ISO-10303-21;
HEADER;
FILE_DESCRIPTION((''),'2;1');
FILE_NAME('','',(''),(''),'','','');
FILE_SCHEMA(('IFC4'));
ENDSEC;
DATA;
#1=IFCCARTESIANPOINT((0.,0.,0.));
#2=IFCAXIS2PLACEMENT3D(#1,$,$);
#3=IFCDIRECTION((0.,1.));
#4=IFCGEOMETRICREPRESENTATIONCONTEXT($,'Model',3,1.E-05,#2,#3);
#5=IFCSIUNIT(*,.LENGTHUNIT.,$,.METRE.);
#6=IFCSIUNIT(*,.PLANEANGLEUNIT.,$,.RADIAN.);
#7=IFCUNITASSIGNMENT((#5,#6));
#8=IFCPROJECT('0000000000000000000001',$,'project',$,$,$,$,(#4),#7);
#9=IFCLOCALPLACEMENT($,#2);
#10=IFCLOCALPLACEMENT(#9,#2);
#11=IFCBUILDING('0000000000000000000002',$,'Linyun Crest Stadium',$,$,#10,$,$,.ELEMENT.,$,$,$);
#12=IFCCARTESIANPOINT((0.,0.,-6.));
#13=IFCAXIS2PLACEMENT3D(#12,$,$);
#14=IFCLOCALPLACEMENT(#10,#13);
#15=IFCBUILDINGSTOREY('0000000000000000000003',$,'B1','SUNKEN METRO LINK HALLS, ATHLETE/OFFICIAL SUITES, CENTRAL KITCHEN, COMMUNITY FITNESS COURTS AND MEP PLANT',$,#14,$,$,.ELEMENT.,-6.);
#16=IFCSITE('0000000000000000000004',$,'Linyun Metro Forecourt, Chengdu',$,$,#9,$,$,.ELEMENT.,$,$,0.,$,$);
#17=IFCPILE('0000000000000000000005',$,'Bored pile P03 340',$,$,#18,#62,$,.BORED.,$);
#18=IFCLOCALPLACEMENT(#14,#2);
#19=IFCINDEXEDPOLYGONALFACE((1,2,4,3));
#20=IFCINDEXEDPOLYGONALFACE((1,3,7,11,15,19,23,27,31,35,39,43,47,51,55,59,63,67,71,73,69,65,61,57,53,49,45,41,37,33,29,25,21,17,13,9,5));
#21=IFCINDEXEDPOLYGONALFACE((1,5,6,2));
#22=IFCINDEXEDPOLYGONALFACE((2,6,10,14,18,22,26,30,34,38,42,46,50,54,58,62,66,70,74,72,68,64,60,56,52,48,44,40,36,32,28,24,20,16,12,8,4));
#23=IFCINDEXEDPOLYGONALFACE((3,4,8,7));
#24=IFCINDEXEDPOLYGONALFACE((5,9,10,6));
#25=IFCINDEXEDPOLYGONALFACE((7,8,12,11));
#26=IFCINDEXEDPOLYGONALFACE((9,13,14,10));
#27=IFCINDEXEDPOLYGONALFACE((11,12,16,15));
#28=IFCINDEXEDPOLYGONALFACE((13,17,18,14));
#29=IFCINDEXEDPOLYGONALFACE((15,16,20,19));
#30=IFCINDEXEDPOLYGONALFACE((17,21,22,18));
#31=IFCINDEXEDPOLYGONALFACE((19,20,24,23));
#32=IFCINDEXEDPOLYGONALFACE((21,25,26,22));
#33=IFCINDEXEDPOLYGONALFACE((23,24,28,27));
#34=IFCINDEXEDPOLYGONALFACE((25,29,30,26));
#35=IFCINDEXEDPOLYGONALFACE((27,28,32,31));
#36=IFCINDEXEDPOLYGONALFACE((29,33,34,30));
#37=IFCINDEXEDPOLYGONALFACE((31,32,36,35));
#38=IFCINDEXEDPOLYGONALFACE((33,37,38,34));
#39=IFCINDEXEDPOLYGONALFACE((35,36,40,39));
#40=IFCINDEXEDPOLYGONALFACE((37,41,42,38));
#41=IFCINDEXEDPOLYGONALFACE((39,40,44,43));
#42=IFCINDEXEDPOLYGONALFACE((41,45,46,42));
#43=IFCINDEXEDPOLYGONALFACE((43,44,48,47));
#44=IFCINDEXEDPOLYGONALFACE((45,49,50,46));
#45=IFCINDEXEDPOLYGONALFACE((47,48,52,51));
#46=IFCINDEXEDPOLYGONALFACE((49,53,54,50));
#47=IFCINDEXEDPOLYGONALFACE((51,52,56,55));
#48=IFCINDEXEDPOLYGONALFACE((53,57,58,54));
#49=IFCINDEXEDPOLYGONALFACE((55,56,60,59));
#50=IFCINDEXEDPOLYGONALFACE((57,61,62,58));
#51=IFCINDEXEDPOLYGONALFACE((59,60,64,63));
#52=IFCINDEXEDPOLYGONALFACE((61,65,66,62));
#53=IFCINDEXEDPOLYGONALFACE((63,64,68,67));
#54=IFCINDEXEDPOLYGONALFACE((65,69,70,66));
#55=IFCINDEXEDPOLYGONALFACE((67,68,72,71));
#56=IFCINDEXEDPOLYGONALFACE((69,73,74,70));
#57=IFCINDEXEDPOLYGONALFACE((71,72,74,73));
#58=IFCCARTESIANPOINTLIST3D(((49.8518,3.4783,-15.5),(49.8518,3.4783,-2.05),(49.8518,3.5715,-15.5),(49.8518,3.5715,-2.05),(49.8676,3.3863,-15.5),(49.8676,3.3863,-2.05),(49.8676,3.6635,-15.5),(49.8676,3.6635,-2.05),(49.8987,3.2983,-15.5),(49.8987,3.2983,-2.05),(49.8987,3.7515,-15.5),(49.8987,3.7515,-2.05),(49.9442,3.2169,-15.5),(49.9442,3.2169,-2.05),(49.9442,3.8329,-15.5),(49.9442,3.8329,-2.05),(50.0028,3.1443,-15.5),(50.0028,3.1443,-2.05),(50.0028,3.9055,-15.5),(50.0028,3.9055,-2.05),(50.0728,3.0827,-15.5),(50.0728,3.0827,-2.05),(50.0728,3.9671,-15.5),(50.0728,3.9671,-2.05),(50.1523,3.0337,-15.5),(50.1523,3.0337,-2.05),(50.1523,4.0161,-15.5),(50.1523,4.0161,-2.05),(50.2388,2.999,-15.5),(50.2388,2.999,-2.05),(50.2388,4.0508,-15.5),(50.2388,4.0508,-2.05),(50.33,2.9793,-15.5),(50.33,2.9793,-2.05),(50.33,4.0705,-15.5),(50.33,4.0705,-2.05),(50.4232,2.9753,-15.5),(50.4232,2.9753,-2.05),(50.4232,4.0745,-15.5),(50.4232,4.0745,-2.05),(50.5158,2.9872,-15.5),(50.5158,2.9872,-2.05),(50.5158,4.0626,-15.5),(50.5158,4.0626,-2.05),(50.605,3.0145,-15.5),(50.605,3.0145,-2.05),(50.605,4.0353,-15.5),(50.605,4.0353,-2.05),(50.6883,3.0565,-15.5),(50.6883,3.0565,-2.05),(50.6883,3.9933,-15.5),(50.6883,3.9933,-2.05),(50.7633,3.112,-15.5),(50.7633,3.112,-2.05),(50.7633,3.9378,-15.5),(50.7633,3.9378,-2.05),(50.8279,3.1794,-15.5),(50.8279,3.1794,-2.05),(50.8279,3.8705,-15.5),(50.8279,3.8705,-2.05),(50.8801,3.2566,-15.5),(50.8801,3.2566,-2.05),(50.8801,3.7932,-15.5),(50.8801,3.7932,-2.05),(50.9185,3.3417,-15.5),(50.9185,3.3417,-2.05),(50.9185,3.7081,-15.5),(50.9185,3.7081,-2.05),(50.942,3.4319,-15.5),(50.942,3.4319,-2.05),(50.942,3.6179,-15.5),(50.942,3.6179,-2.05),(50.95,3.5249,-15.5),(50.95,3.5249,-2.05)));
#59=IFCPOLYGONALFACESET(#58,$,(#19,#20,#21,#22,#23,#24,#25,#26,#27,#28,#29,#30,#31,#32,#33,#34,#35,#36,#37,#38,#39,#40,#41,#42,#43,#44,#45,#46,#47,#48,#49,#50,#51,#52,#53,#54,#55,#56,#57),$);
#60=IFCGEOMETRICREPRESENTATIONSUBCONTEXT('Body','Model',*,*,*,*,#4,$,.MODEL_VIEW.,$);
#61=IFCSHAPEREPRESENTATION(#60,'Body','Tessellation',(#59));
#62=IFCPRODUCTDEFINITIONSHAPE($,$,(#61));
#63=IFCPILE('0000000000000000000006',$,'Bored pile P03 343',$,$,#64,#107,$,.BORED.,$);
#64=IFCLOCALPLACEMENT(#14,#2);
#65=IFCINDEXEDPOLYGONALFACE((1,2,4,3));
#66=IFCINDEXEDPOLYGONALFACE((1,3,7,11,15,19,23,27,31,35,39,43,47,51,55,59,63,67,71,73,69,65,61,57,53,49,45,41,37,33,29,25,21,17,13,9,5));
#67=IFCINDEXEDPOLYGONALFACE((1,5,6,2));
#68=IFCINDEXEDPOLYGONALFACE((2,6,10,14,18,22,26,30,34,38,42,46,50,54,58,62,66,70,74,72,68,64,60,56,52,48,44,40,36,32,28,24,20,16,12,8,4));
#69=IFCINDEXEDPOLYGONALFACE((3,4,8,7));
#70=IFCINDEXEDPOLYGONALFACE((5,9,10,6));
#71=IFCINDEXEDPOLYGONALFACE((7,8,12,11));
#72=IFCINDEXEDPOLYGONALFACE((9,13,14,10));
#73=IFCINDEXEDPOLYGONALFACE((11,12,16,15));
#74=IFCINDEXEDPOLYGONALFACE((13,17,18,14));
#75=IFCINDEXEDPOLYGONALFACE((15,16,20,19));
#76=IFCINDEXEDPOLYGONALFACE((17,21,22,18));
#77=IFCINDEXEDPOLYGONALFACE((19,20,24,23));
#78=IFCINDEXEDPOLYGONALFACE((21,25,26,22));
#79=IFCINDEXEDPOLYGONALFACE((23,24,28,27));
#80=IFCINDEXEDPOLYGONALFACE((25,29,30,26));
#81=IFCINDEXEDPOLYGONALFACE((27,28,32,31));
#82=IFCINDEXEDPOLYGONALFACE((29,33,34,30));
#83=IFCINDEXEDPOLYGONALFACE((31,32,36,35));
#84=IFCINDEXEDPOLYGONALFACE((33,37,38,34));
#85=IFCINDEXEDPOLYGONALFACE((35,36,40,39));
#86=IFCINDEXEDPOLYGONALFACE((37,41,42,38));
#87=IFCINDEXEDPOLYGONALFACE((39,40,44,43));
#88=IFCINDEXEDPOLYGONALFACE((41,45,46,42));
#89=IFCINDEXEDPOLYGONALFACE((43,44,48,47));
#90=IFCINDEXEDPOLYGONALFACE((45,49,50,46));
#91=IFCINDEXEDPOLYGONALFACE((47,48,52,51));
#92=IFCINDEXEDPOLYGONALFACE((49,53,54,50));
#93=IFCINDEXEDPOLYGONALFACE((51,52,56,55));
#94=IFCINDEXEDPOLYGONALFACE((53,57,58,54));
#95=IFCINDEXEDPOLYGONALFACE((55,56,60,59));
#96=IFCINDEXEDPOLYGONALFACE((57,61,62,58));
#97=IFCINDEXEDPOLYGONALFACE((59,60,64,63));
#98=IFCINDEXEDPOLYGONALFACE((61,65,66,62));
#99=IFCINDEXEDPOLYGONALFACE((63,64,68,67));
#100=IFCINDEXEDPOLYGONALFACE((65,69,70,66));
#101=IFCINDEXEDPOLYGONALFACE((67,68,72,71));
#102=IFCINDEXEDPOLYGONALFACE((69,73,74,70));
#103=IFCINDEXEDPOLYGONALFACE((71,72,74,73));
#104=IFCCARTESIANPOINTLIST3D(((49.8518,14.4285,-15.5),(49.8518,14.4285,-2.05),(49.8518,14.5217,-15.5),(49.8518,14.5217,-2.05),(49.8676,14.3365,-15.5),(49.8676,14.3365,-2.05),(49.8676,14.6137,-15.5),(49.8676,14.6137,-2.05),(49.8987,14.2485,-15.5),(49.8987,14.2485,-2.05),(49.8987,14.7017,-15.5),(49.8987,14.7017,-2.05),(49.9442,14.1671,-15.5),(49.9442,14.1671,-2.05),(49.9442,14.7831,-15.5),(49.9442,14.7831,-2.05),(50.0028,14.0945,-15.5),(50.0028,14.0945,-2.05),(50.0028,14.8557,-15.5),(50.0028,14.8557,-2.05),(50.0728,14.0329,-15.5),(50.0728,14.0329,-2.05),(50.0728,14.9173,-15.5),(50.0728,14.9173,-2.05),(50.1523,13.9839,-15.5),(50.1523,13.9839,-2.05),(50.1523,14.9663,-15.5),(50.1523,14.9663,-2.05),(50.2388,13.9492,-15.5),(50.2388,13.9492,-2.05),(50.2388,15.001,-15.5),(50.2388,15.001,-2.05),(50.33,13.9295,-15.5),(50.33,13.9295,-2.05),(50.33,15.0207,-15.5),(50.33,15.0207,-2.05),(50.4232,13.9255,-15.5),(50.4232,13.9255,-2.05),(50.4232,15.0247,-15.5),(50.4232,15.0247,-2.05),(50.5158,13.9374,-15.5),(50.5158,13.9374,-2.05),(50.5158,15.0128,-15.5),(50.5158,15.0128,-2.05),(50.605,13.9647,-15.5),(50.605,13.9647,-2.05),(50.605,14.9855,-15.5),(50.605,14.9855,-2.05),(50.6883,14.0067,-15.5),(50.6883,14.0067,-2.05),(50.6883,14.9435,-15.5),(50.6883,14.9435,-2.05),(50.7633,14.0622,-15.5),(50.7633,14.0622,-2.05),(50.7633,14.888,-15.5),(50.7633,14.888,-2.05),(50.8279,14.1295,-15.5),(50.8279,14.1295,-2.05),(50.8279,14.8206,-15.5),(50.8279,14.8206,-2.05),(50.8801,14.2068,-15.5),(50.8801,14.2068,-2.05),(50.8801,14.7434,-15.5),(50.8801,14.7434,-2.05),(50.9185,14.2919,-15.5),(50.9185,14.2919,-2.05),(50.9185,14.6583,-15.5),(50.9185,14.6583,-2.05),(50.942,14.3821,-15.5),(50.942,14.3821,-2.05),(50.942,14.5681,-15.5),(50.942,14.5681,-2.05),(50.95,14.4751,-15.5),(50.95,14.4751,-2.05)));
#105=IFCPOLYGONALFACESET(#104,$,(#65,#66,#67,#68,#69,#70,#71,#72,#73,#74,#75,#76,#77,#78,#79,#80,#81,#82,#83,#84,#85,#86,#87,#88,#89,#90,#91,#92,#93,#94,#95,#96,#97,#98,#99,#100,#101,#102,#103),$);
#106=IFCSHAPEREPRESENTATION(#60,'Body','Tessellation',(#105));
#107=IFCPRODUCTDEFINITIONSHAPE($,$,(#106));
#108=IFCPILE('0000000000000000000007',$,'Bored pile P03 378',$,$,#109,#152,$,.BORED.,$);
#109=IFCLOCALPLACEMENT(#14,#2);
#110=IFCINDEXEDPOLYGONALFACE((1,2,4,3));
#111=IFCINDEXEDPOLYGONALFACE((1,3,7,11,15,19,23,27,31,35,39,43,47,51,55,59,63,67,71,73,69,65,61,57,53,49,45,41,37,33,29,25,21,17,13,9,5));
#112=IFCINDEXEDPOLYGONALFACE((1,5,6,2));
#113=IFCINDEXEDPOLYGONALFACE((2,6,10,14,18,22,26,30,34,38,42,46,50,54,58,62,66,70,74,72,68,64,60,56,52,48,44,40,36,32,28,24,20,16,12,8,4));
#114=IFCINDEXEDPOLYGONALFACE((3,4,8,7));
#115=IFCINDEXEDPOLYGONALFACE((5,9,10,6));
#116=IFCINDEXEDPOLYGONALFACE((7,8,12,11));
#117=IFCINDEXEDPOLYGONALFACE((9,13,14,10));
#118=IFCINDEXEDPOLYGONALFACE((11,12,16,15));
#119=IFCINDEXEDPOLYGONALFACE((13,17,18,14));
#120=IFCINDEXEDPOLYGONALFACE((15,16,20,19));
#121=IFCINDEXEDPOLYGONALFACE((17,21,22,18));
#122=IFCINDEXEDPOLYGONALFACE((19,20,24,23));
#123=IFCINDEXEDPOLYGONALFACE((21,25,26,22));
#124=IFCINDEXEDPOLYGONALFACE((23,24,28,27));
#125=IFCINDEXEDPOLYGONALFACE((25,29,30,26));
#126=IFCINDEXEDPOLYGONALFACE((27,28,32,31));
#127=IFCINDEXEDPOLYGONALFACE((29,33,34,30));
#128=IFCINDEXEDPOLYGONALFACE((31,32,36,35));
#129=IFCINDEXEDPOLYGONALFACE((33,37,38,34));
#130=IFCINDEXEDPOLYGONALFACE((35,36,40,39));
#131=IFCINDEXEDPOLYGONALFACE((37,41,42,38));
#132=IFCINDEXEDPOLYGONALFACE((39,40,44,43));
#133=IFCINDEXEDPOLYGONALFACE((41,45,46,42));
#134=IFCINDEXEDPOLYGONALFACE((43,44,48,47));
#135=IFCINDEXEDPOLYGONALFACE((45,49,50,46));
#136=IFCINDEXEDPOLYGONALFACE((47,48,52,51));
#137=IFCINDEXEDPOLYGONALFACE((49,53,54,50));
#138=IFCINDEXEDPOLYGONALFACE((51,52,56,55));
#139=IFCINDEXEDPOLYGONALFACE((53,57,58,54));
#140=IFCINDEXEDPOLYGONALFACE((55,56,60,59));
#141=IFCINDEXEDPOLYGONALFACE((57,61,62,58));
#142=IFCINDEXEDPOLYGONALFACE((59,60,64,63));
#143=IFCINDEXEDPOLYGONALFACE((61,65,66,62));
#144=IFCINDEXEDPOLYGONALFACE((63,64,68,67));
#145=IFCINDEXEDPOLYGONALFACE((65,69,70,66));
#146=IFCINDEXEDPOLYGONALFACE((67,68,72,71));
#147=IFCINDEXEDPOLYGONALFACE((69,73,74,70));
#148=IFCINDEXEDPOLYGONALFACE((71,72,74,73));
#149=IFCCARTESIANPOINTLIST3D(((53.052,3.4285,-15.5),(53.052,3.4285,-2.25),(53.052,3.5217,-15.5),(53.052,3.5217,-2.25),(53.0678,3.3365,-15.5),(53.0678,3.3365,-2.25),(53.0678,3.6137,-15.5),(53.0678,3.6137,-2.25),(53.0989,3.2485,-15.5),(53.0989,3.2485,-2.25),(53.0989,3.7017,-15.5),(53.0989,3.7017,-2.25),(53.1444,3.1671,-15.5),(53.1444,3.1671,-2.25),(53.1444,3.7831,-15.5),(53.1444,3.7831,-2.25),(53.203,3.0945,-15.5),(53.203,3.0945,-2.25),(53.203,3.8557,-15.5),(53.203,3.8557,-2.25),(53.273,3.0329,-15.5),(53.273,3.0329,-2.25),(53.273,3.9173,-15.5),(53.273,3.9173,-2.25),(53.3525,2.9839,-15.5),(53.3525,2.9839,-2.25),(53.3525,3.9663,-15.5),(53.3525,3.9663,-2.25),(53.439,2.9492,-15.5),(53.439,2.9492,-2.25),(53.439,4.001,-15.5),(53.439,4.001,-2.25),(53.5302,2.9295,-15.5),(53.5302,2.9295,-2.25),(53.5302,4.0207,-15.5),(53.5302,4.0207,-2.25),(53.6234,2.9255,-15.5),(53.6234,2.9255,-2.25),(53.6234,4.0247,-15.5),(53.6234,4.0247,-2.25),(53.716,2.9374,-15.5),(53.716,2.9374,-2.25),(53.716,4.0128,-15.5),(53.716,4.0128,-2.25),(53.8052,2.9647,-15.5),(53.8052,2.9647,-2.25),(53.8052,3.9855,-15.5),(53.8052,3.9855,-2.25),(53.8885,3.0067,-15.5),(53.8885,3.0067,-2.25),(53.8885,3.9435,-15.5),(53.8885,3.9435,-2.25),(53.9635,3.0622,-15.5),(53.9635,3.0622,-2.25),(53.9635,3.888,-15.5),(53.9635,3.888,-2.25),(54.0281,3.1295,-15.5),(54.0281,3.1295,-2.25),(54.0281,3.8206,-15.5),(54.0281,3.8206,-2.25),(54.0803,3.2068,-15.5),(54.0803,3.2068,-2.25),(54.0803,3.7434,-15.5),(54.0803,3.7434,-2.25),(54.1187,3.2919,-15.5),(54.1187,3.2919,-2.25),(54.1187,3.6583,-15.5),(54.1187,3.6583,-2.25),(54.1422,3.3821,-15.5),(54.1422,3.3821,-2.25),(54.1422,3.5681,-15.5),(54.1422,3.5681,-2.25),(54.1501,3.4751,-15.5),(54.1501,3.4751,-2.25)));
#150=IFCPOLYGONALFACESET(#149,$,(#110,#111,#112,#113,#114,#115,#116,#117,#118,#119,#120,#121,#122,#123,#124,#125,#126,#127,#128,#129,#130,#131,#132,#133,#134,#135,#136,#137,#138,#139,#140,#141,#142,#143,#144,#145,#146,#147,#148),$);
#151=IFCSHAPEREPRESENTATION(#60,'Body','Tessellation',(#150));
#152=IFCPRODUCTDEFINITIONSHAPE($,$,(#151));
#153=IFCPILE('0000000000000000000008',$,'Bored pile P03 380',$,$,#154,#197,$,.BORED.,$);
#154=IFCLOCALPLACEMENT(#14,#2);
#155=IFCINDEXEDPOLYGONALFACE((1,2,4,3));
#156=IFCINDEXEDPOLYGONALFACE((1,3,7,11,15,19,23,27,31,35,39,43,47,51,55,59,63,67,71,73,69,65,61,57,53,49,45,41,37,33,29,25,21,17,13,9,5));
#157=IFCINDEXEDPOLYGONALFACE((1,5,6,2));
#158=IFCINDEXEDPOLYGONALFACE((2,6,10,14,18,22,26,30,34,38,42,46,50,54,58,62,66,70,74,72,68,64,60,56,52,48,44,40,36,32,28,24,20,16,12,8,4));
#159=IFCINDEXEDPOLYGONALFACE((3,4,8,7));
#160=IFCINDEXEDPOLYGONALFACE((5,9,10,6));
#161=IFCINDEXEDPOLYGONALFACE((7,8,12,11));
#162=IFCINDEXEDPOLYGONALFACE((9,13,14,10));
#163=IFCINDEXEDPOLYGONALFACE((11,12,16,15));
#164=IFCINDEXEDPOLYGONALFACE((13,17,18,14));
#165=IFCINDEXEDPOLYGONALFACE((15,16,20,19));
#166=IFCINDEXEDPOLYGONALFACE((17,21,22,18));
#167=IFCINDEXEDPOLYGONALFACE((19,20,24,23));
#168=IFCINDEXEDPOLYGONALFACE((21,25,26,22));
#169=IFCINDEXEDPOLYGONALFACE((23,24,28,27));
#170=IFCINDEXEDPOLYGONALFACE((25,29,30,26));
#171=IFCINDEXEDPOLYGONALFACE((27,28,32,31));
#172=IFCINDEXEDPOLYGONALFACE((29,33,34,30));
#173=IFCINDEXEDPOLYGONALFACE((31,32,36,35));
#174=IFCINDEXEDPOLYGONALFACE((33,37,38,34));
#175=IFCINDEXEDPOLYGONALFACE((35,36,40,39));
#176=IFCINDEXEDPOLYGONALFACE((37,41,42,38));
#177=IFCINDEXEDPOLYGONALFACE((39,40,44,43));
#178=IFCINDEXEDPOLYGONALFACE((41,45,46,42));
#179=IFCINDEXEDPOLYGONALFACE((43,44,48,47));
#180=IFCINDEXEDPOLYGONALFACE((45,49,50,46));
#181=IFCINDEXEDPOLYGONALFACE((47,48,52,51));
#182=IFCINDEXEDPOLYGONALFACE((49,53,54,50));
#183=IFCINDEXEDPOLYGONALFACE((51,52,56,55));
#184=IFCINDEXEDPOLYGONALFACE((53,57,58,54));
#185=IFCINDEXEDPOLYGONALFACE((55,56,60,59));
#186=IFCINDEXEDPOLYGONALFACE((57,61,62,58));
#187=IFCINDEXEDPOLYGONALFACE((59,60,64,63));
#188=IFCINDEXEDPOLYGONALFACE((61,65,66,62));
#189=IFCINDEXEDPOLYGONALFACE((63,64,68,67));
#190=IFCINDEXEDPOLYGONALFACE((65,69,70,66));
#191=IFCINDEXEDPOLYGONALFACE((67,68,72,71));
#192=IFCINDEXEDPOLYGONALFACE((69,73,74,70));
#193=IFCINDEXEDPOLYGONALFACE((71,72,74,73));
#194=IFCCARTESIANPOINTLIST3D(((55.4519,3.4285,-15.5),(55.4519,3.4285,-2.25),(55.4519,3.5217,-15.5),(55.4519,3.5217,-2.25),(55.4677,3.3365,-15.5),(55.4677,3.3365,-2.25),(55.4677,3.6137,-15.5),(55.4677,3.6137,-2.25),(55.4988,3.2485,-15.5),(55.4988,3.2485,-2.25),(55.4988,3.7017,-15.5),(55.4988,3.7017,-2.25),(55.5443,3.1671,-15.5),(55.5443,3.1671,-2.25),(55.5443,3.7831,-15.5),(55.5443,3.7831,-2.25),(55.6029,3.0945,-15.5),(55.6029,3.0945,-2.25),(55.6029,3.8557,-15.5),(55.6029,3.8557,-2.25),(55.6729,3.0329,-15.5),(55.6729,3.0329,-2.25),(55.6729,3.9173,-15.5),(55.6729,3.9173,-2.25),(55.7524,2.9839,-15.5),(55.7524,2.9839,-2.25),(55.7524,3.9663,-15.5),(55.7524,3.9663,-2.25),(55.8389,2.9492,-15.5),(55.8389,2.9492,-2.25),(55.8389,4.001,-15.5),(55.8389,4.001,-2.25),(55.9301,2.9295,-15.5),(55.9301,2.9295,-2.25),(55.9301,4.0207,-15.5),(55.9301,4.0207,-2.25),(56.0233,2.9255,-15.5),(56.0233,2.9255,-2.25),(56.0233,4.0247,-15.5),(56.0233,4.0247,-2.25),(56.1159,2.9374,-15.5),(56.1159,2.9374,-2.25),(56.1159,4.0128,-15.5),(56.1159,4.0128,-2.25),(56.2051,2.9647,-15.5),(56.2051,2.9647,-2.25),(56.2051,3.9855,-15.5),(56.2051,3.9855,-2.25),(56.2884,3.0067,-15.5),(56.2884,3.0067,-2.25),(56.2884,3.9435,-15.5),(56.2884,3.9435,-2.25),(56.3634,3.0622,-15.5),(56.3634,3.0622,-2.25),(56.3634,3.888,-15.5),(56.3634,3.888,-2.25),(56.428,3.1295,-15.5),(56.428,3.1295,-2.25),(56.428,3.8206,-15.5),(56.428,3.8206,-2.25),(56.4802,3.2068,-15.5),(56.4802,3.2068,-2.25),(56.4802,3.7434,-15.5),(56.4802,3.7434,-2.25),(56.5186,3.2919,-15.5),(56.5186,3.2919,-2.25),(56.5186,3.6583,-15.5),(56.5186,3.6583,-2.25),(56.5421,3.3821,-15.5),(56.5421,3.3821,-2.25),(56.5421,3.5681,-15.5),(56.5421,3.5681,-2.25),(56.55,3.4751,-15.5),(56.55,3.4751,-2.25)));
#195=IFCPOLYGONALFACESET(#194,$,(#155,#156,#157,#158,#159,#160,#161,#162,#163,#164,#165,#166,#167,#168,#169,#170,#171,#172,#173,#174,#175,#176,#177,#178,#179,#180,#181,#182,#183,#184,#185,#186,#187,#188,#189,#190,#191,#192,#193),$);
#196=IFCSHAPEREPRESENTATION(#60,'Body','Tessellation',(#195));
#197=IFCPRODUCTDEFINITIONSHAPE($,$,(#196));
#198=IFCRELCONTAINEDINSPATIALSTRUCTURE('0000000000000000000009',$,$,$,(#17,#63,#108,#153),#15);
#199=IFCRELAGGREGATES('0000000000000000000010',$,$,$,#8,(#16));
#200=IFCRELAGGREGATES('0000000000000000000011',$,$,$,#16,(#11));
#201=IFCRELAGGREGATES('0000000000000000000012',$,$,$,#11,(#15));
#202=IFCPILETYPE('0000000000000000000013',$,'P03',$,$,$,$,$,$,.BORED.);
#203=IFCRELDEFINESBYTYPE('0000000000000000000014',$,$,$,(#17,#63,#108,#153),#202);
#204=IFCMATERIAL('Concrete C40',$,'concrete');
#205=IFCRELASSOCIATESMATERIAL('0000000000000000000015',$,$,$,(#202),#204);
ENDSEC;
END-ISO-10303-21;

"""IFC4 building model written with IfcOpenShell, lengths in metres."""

from ifc_helpers import new_model, si_unit, direction, frame, origin, origin_2d, place, context, subcontext, project, spatial, circle, extrude, material, material_profile, profile_set, type_object, element, save


model = new_model("IFC4")

# Units and contexts
model_context = context("Model", 3, precision=1e-05, world=origin(), true_north=direction((0.0, 1.0)))
body_context = subcontext(model_context, "Body", "Model", "MODEL_VIEW")
ifc_project = project(units=[si_unit("LENGTHUNIT", "METRE"), si_unit("PLANEANGLEUNIT", "RADIAN")], contexts=[model_context])

# Site, building, storey
site_placement = place(None, origin())
site = spatial("IfcSite", under=ifc_project, at=site_placement, Name="Linyun Metro Forecourt, Chengdu", CompositionType="ELEMENT", RefElevation=0.0)
building_placement = place(site_placement, origin())
building = spatial("IfcBuilding", under=site, at=building_placement, Name="Linyun Crest Stadium", CompositionType="ELEMENT")
storey_placement = place(building_placement, frame((0.0, 0.0, -6.0)))
storey = spatial("IfcBuildingStorey", under=building, at=storey_placement, Name="B1", Description="SUNKEN METRO LINK HALLS, ATHLETE/OFFICIAL SUITES, CENTRAL KITCHEN, COMMUNITY FITNESS COURTS AND MEP PLANT", CompositionType="ELEMENT", Elevation=-6.0)

# Piles
ifc_material_1 = material(Name="Concrete C40", Category="concrete")
ifc_material_profile_1 = material_profile(ifc_material_1, circle(Radius=0.55, at=origin_2d()), Name="BORED PILE 1100")
ifc_profile_set_1 = profile_set([ifc_material_profile_1], Name="Concrete C40")
pile_type = type_object("IfcPileType", Name="P03", PredefinedType="BORED", material=ifc_profile_set_1)
for number, where, z_axis, x_axis, name in (
    (1, (50.3999, 3.5249, -2.05), (0.0, 0.0, -1.0), (1.0, 0.0, 0.0), "Bored pile P03 340"),
    (2, (50.3999, 14.4751, -2.05), (0.0, 0.0, -1.0), (1.0, 0.0, 0.0), "Bored pile P03 343"),
):
    element("IfcPile", number, at=place(storey_placement, frame(where, z_axis=z_axis, x_axis=x_axis)), inside=storey, type_object=pile_type, Name=name, PredefinedType="BORED", context=body_context, shape_type="SweptSolid", body=[
        extrude(circle(Radius=0.55, at=origin_2d()), origin(), (0.0, 0.0, 1.0), 13.45),
    ])
for number, where, z_axis, x_axis, name in (
    (3, (53.6001, 3.4751, -2.25), (0.0, 0.0, -1.0), (1.0, 0.0, 0.0), "Bored pile P03 378"),
    (4, (56.0, 3.4751, -2.25), (0.0, 0.0, -1.0), (1.0, 0.0, 0.0), "Bored pile P03 380"),
):
    element("IfcPile", number, at=place(storey_placement, frame(where, z_axis=z_axis, x_axis=x_axis)), inside=storey, type_object=pile_type, Name=name, PredefinedType="BORED", context=body_context, shape_type="SweptSolid", body=[
        extrude(circle(Radius=0.55, at=origin_2d()), origin(), (0.0, 0.0, 1.0), 13.25),
    ])

save(model, "model.ifc")
